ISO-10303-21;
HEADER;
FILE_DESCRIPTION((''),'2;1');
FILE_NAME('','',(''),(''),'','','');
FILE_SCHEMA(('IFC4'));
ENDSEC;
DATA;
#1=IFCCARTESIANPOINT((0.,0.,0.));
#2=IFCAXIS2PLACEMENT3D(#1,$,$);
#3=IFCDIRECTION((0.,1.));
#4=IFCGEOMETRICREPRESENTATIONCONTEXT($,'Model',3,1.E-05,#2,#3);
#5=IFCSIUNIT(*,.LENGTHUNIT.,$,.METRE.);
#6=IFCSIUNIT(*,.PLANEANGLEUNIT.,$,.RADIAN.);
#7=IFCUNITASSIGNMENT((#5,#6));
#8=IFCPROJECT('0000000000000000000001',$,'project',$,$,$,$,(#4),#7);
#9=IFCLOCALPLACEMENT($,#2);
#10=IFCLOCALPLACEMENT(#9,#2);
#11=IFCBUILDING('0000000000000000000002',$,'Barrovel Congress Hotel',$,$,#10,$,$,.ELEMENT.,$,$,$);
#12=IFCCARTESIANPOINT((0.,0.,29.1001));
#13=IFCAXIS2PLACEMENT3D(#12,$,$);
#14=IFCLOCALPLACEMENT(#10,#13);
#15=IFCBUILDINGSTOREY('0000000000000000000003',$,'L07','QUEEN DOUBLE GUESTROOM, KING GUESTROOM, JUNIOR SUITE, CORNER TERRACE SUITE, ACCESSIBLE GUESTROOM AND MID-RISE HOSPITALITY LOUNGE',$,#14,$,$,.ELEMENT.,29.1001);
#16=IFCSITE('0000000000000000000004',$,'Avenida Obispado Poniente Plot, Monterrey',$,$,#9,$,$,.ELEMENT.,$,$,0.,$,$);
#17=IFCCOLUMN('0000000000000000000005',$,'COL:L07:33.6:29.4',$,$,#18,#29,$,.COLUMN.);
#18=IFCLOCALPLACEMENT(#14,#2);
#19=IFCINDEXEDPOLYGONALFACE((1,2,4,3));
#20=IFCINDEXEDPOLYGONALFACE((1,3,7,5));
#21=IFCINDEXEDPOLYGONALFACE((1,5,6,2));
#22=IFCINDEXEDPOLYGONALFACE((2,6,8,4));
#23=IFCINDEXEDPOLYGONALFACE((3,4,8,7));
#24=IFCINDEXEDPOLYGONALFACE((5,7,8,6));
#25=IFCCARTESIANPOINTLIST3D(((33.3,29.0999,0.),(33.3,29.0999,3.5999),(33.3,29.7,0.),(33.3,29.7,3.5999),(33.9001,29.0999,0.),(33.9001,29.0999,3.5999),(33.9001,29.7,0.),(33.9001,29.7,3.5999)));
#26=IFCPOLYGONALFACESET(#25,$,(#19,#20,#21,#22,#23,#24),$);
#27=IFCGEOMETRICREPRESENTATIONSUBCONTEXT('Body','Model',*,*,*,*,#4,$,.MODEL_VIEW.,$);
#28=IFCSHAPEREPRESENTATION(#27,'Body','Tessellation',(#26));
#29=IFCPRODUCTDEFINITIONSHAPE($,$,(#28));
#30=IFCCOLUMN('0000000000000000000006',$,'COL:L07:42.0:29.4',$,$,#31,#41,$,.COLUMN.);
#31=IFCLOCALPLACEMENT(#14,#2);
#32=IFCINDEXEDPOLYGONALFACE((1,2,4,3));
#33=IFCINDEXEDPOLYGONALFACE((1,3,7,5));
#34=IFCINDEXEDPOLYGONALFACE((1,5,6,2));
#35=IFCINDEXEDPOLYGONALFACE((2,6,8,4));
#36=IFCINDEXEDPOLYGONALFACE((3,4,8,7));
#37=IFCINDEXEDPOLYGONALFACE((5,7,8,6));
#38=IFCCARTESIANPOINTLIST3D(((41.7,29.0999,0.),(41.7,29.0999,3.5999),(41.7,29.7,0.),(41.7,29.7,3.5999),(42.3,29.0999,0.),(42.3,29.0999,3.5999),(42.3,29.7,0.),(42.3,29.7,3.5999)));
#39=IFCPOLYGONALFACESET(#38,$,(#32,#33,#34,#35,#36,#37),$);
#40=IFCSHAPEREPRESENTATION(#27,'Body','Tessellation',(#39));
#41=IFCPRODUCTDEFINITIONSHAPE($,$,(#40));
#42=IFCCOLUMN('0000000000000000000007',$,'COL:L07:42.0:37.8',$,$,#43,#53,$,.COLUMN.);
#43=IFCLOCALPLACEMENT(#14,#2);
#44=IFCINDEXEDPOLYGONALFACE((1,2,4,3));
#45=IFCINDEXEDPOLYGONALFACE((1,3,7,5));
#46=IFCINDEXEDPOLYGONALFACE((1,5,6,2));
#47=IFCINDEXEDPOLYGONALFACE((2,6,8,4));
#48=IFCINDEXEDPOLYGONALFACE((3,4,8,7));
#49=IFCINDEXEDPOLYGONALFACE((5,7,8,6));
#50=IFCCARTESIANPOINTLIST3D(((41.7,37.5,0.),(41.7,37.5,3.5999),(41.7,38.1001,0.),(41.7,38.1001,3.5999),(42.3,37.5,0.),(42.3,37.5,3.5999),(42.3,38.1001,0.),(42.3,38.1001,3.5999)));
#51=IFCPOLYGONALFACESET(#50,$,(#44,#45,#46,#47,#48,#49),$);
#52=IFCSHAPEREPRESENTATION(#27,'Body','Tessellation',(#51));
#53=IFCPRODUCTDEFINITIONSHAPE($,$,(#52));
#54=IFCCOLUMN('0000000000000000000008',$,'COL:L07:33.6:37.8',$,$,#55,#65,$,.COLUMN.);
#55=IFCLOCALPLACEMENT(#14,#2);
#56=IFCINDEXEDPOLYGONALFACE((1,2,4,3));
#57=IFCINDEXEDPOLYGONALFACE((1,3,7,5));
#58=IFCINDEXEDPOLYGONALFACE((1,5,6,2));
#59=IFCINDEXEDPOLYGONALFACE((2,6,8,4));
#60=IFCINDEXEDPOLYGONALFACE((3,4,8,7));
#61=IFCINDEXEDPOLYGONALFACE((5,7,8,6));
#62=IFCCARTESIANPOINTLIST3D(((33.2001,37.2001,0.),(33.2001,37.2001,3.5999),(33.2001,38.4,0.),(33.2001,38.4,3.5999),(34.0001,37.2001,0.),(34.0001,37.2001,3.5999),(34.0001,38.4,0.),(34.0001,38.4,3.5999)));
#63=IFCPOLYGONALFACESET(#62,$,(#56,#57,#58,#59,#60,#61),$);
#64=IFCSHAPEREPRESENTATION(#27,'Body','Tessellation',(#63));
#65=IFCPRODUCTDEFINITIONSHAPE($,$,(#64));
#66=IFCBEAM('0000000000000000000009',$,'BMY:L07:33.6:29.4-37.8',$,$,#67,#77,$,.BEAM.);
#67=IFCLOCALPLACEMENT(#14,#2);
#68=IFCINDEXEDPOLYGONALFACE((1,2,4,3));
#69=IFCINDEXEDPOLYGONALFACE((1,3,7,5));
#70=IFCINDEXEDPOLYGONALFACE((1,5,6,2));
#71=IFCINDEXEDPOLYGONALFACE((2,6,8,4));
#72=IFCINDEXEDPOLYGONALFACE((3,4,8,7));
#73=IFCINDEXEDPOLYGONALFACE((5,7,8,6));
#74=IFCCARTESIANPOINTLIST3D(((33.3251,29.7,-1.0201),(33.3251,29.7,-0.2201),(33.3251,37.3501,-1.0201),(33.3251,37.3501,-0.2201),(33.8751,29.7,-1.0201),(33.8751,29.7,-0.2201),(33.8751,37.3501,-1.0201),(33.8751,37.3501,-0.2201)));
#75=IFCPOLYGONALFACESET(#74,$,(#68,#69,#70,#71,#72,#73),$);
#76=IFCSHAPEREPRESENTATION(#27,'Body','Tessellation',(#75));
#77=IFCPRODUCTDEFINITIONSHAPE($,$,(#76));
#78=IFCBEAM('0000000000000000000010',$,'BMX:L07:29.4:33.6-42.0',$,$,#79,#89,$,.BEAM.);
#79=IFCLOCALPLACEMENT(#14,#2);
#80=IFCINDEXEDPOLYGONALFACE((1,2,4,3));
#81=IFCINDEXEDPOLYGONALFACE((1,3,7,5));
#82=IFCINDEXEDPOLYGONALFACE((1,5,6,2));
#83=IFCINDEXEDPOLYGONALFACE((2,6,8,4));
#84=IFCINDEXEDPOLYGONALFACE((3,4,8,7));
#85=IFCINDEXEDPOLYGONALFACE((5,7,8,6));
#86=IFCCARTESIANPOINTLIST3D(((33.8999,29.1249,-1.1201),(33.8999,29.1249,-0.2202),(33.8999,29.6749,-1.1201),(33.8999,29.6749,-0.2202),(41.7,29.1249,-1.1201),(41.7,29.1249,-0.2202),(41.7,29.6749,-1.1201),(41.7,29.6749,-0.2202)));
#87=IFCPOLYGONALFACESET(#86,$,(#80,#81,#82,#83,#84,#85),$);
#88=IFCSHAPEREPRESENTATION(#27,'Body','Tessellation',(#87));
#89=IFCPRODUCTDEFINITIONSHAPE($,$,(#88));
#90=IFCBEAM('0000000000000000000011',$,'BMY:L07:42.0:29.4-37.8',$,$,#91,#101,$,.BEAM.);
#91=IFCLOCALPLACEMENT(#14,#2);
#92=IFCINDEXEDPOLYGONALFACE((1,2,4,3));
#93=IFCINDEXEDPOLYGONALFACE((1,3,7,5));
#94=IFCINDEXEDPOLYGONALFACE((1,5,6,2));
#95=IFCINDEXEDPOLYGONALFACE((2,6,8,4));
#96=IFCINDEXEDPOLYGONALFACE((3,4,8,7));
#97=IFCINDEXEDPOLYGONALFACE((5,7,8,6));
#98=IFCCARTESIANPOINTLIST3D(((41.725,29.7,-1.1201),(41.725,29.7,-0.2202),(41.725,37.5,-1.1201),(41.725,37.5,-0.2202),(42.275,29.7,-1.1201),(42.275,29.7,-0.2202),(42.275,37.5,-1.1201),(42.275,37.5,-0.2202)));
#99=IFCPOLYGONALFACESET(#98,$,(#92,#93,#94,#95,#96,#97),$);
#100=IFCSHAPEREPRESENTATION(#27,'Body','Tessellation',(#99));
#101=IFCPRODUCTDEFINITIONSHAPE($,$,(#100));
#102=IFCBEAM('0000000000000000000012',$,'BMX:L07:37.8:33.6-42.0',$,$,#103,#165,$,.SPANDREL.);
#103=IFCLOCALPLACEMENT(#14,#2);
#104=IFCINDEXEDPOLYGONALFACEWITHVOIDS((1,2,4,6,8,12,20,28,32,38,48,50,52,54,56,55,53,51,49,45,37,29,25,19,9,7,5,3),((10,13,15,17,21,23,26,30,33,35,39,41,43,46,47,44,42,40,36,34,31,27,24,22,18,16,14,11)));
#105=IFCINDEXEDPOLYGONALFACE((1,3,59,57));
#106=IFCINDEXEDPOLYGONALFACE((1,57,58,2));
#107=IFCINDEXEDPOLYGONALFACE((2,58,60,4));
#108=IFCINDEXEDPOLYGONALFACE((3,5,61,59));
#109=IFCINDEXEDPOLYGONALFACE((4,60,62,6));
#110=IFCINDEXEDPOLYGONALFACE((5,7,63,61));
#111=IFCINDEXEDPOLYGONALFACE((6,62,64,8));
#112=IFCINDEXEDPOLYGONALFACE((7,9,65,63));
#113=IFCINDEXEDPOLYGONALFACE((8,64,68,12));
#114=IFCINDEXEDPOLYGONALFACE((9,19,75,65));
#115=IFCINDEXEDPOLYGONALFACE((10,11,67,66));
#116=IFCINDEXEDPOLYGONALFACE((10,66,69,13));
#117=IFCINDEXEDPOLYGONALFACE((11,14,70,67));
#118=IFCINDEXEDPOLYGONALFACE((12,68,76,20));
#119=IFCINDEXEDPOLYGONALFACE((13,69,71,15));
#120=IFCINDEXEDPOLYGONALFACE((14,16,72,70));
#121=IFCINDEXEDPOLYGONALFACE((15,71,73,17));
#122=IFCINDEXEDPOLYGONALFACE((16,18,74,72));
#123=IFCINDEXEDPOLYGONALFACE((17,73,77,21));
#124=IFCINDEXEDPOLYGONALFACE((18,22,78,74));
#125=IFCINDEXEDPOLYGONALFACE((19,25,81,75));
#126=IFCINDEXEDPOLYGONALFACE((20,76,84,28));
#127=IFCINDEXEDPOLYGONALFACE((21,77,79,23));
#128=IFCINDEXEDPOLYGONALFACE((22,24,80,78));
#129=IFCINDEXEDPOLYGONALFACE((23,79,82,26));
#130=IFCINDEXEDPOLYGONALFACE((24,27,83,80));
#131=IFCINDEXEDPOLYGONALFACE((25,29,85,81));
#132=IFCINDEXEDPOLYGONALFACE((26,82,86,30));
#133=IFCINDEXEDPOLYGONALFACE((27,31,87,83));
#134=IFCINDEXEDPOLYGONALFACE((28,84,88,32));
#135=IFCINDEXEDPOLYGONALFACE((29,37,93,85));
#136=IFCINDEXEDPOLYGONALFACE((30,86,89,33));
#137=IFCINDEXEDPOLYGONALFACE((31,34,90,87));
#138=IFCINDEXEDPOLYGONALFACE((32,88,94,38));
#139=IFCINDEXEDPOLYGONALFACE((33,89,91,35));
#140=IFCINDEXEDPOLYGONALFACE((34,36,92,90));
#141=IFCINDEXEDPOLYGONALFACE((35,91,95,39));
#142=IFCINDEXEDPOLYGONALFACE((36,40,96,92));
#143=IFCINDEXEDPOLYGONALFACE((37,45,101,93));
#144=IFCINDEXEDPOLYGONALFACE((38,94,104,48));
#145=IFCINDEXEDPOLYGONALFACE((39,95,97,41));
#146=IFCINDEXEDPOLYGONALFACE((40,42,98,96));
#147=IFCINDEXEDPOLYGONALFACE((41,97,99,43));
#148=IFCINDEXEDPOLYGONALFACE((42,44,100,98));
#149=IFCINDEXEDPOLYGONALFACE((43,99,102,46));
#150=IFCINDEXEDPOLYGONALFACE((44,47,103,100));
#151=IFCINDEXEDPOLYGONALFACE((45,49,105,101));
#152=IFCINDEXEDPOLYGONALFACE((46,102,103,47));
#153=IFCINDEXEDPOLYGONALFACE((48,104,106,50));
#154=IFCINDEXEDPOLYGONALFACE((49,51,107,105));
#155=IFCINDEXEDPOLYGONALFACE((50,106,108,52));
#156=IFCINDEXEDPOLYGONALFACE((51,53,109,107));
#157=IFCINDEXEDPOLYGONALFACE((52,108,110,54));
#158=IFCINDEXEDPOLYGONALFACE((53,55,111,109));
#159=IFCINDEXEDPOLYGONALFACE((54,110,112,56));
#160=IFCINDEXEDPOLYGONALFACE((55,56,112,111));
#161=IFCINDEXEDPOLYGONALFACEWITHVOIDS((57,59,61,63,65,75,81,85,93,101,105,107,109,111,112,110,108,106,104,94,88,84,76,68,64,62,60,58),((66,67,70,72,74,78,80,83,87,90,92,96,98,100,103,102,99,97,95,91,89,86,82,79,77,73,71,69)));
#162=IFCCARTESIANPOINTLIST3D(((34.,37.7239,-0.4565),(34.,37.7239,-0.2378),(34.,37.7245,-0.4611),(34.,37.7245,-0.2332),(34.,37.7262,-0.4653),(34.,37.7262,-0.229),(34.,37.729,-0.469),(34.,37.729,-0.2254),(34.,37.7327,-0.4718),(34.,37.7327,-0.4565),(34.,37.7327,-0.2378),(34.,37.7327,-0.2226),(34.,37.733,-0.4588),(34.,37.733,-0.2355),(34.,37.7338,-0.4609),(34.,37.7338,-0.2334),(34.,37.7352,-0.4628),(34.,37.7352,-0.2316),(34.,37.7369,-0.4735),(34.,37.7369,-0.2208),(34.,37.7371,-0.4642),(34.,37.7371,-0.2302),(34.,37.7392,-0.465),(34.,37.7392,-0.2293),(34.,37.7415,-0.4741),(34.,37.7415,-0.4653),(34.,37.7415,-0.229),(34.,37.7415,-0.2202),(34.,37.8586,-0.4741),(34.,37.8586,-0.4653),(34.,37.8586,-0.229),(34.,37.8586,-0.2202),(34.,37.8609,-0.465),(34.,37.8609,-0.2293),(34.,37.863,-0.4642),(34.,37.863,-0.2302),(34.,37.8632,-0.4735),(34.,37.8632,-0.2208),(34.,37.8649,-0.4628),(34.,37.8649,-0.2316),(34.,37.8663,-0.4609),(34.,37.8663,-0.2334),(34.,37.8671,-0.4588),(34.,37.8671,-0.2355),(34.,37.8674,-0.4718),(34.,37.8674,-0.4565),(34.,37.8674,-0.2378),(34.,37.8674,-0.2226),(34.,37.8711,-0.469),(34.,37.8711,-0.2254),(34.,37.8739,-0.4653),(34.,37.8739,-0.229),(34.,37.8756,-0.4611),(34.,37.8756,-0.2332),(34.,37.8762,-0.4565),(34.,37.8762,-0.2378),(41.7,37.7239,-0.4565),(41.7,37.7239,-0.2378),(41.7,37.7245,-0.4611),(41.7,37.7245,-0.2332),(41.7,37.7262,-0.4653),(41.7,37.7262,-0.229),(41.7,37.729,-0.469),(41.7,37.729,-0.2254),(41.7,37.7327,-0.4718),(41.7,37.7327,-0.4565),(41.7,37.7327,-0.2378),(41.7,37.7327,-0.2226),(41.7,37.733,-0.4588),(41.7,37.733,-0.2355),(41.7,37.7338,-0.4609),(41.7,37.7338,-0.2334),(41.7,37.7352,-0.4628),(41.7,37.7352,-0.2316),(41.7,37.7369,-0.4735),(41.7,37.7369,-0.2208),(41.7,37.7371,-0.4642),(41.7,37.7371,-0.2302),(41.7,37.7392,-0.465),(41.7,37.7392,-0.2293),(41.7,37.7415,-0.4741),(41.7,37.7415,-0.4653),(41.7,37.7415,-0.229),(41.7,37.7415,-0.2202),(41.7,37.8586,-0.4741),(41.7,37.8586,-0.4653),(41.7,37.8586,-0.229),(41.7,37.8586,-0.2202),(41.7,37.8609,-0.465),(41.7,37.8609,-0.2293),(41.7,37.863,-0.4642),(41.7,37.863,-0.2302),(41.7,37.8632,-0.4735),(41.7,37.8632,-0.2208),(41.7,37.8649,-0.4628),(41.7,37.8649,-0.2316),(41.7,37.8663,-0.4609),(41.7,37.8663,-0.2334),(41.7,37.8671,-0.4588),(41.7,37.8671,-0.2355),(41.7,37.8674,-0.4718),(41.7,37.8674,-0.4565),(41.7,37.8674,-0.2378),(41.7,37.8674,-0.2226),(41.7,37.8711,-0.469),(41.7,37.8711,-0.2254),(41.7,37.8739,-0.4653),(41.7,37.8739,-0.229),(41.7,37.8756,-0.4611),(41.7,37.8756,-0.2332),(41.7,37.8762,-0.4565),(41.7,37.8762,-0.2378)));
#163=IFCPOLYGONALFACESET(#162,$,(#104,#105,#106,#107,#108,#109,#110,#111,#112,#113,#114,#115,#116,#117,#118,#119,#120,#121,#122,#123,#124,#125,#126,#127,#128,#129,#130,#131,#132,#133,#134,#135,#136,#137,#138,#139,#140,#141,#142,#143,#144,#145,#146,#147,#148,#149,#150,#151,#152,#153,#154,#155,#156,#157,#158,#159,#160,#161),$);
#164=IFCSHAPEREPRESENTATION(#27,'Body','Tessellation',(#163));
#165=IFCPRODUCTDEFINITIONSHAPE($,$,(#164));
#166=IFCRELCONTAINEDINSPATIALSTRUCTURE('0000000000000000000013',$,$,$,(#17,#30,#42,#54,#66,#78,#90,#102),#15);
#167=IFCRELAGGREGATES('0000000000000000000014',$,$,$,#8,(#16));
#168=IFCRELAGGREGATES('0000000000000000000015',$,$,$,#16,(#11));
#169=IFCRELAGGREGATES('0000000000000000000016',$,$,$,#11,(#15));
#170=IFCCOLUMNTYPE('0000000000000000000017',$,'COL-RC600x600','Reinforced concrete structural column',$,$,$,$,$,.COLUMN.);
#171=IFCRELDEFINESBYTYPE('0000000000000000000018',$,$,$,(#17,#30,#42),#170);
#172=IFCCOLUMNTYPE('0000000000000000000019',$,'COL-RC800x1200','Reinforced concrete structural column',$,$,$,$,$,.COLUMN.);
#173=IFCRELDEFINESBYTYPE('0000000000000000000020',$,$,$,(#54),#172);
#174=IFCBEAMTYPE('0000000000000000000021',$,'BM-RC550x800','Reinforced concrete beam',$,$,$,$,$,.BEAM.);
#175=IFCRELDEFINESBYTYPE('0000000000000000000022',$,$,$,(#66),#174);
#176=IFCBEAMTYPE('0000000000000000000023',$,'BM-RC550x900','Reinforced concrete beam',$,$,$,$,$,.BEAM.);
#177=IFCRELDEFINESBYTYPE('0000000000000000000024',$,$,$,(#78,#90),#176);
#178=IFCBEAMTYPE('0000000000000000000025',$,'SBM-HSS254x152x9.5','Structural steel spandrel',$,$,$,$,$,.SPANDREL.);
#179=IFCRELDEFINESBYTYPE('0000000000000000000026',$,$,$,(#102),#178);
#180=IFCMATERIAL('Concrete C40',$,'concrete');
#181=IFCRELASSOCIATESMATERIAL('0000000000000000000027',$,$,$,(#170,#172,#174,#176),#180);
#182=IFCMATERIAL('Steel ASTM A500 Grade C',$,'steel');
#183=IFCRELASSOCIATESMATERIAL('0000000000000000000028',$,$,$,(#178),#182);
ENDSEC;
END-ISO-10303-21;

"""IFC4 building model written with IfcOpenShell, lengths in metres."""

from ifc_helpers import new_model, si_unit, direction, frame, origin, origin_2d, place, context, subcontext, project, spatial, rectangle, hollow_rectangle, extrude, material, material_profile, profile_set, type_object, element, save


model = new_model("IFC4")

# Units and contexts
model_context = context("Model", 3, precision=1e-05, world=origin(), true_north=direction((0.0, 1.0)))
body_context = subcontext(model_context, "Body", "Model", "MODEL_VIEW")
ifc_project = project(units=[si_unit("LENGTHUNIT", "METRE"), si_unit("PLANEANGLEUNIT", "RADIAN")], contexts=[model_context])

# Site, building, storey
site_placement = place(None, origin())
site = spatial("IfcSite", under=ifc_project, at=site_placement, Name="Avenida Obispado Poniente Plot, Monterrey", CompositionType="ELEMENT", RefElevation=0.0)
building_placement = place(site_placement, origin())
building = spatial("IfcBuilding", under=site, at=building_placement, Name="Barrovel Congress Hotel", CompositionType="ELEMENT")
storey_placement = place(building_placement, frame((0.0, 0.0, 29.1001)))
storey = spatial("IfcBuildingStorey", under=building, at=storey_placement, Name="L07", Description="QUEEN DOUBLE GUESTROOM, KING GUESTROOM, JUNIOR SUITE, CORNER TERRACE SUITE, ACCESSIBLE GUESTROOM AND MID-RISE HOSPITALITY LOUNGE", CompositionType="ELEMENT", Elevation=29.1001)

# Columns
ifc_material_1 = material(Name="Concrete C40", Category="concrete")
ifc_material_profile_1 = material_profile(ifc_material_1, rectangle(XDim=0.6001, YDim=0.6001, at=origin_2d()), Name="RC600x600")
ifc_profile_set_1 = profile_set([ifc_material_profile_1], Name="Concrete C40")
column_type_1 = type_object("IfcColumnType", Name="COL-RC600x600", Description="Reinforced concrete structural column", PredefinedType="COLUMN", material=ifc_profile_set_1)
for number, where, z_axis, x_axis, name in (
    (1, (33.6001, 29.3999, 0.0), (0.0, 0.0, 1.0), (1.0, 0.0, 0.0), "COL:L07:33.6:29.4"),
    (2, (42.0, 29.3999, 0.0), (0.0, 0.0, 1.0), (1.0, 0.0, 0.0), "COL:L07:42.0:29.4"),
    (3, (42.0, 37.8, 0.0), (0.0, 0.0, 1.0), (1.0, 0.0, 0.0), "COL:L07:42.0:37.8"),
):
    element("IfcColumn", number, at=place(storey_placement, frame(where, z_axis=z_axis, x_axis=x_axis)), inside=storey, type_object=column_type_1, Name=name, PredefinedType="COLUMN", context=body_context, shape_type="SweptSolid", body=[
        extrude(rectangle(XDim=0.6001, YDim=0.6001, at=origin_2d()), origin(), (0.0, 0.0, 1.0), 3.5999),
    ])
ifc_material_profile_2 = material_profile(ifc_material_1, rectangle(XDim=0.8, YDim=1.2, at=origin_2d()), Name="RC800x1200")
ifc_profile_set_2 = profile_set([ifc_material_profile_2], Name="Concrete C40")
column_type_2 = type_object("IfcColumnType", Name="COL-RC800x1200", Description="Reinforced concrete structural column", PredefinedType="COLUMN", material=ifc_profile_set_2)
column_placement = place(storey_placement, frame((33.6001, 37.8, 0.0), z_axis=(0.0, 0.0, 1.0), x_axis=(1.0, 0.0, 0.0)))
element("IfcColumn", 4, at=column_placement, inside=storey, type_object=column_type_2, Name="COL:L07:33.6:37.8", PredefinedType="COLUMN", context=body_context, shape_type="SweptSolid", body=[
    extrude(rectangle(XDim=0.8, YDim=1.2, at=origin_2d()), origin(), (0.0, 0.0, 1.0), 3.5999),
])

# Beams
ifc_material_profile_3 = material_profile(ifc_material_1, rectangle(XDim=0.55, YDim=0.8, at=origin_2d()), Name="RC550x800")
ifc_profile_set_3 = profile_set([ifc_material_profile_3], Name="Concrete C40")
beam_type_1 = type_object("IfcBeamType", Name="BM-RC550x800", Description="Reinforced concrete beam", PredefinedType="BEAM", material=ifc_profile_set_3)
beam_1_placement = place(storey_placement, frame((33.6001, 29.7, -0.6201), z_axis=(0.0, 1.0, 0.0), x_axis=(-1.0, 0.0, 0.0)))
element("IfcBeam", 5, at=beam_1_placement, inside=storey, type_object=beam_type_1, Name="BMY:L07:33.6:29.4-37.8", PredefinedType="BEAM", context=body_context, shape_type="SweptSolid", body=[
    extrude(rectangle(XDim=0.55, YDim=0.8, at=origin_2d()), origin(), (0.0, 0.0, 1.0), 7.6501),
])
ifc_material_profile_4 = material_profile(ifc_material_1, rectangle(XDim=0.55, YDim=0.8999, at=origin_2d()), Name="RC550x900")
ifc_profile_set_4 = profile_set([ifc_material_profile_4], Name="Concrete C40")
beam_type_2 = type_object("IfcBeamType", Name="BM-RC550x900", Description="Reinforced concrete beam", PredefinedType="BEAM", material=ifc_profile_set_4)
for number, where, z_axis, x_axis, name in (
    (6, (33.8999, 29.3999, -0.6702), (1.0, 0.0, 0.0), (0.0, 1.0, 0.0), "BMX:L07:29.4:33.6-42.0"),
    (7, (42.0, 29.7, -0.6702), (0.0, 1.0, 0.0), (-1.0, 0.0, 0.0), "BMY:L07:42.0:29.4-37.8"),
):
    element("IfcBeam", number, at=place(storey_placement, frame(where, z_axis=z_axis, x_axis=x_axis)), inside=storey, type_object=beam_type_2, Name=name, PredefinedType="BEAM", context=body_context, shape_type="SweptSolid", body=[
        extrude(rectangle(XDim=0.55, YDim=0.8999, at=origin_2d()), origin(), (0.0, 0.0, 1.0), 7.8),
    ])
ifc_material_2 = material(Name="Steel ASTM A500 Grade C", Category="steel")
ifc_material_profile_5 = material_profile(ifc_material_2, hollow_rectangle(XDim=0.1523, YDim=0.2539, WallThickness=0.0088, InnerFilletRadius=0.0088, OuterFilletRadius=0.0176, at=origin_2d()), Name="HSS254x152x9.5")
ifc_profile_set_5 = profile_set([ifc_material_profile_5], Name="Steel ASTM A500 Grade C")
beam_type_3 = type_object("IfcBeamType", Name="SBM-HSS254x152x9.5", Description="Structural steel spandrel", PredefinedType="SPANDREL", material=ifc_profile_set_5)
beam_2_placement = place(storey_placement, frame((34.0, 37.8, -0.3472), z_axis=(1.0, 0.0, 0.0), x_axis=(0.0, 1.0, 0.0)))
element("IfcBeam", 8, at=beam_2_placement, inside=storey, type_object=beam_type_3, Name="BMX:L07:37.8:33.6-42.0", PredefinedType="SPANDREL", context=body_context, shape_type="SweptSolid", body=[
    extrude(hollow_rectangle(XDim=0.1523, YDim=0.2539, WallThickness=0.0088, InnerFilletRadius=0.0088, OuterFilletRadius=0.0176, at=origin_2d()), origin(), (0.0, 0.0, 1.0), 7.7),
])

save(model, "model.ifc")
